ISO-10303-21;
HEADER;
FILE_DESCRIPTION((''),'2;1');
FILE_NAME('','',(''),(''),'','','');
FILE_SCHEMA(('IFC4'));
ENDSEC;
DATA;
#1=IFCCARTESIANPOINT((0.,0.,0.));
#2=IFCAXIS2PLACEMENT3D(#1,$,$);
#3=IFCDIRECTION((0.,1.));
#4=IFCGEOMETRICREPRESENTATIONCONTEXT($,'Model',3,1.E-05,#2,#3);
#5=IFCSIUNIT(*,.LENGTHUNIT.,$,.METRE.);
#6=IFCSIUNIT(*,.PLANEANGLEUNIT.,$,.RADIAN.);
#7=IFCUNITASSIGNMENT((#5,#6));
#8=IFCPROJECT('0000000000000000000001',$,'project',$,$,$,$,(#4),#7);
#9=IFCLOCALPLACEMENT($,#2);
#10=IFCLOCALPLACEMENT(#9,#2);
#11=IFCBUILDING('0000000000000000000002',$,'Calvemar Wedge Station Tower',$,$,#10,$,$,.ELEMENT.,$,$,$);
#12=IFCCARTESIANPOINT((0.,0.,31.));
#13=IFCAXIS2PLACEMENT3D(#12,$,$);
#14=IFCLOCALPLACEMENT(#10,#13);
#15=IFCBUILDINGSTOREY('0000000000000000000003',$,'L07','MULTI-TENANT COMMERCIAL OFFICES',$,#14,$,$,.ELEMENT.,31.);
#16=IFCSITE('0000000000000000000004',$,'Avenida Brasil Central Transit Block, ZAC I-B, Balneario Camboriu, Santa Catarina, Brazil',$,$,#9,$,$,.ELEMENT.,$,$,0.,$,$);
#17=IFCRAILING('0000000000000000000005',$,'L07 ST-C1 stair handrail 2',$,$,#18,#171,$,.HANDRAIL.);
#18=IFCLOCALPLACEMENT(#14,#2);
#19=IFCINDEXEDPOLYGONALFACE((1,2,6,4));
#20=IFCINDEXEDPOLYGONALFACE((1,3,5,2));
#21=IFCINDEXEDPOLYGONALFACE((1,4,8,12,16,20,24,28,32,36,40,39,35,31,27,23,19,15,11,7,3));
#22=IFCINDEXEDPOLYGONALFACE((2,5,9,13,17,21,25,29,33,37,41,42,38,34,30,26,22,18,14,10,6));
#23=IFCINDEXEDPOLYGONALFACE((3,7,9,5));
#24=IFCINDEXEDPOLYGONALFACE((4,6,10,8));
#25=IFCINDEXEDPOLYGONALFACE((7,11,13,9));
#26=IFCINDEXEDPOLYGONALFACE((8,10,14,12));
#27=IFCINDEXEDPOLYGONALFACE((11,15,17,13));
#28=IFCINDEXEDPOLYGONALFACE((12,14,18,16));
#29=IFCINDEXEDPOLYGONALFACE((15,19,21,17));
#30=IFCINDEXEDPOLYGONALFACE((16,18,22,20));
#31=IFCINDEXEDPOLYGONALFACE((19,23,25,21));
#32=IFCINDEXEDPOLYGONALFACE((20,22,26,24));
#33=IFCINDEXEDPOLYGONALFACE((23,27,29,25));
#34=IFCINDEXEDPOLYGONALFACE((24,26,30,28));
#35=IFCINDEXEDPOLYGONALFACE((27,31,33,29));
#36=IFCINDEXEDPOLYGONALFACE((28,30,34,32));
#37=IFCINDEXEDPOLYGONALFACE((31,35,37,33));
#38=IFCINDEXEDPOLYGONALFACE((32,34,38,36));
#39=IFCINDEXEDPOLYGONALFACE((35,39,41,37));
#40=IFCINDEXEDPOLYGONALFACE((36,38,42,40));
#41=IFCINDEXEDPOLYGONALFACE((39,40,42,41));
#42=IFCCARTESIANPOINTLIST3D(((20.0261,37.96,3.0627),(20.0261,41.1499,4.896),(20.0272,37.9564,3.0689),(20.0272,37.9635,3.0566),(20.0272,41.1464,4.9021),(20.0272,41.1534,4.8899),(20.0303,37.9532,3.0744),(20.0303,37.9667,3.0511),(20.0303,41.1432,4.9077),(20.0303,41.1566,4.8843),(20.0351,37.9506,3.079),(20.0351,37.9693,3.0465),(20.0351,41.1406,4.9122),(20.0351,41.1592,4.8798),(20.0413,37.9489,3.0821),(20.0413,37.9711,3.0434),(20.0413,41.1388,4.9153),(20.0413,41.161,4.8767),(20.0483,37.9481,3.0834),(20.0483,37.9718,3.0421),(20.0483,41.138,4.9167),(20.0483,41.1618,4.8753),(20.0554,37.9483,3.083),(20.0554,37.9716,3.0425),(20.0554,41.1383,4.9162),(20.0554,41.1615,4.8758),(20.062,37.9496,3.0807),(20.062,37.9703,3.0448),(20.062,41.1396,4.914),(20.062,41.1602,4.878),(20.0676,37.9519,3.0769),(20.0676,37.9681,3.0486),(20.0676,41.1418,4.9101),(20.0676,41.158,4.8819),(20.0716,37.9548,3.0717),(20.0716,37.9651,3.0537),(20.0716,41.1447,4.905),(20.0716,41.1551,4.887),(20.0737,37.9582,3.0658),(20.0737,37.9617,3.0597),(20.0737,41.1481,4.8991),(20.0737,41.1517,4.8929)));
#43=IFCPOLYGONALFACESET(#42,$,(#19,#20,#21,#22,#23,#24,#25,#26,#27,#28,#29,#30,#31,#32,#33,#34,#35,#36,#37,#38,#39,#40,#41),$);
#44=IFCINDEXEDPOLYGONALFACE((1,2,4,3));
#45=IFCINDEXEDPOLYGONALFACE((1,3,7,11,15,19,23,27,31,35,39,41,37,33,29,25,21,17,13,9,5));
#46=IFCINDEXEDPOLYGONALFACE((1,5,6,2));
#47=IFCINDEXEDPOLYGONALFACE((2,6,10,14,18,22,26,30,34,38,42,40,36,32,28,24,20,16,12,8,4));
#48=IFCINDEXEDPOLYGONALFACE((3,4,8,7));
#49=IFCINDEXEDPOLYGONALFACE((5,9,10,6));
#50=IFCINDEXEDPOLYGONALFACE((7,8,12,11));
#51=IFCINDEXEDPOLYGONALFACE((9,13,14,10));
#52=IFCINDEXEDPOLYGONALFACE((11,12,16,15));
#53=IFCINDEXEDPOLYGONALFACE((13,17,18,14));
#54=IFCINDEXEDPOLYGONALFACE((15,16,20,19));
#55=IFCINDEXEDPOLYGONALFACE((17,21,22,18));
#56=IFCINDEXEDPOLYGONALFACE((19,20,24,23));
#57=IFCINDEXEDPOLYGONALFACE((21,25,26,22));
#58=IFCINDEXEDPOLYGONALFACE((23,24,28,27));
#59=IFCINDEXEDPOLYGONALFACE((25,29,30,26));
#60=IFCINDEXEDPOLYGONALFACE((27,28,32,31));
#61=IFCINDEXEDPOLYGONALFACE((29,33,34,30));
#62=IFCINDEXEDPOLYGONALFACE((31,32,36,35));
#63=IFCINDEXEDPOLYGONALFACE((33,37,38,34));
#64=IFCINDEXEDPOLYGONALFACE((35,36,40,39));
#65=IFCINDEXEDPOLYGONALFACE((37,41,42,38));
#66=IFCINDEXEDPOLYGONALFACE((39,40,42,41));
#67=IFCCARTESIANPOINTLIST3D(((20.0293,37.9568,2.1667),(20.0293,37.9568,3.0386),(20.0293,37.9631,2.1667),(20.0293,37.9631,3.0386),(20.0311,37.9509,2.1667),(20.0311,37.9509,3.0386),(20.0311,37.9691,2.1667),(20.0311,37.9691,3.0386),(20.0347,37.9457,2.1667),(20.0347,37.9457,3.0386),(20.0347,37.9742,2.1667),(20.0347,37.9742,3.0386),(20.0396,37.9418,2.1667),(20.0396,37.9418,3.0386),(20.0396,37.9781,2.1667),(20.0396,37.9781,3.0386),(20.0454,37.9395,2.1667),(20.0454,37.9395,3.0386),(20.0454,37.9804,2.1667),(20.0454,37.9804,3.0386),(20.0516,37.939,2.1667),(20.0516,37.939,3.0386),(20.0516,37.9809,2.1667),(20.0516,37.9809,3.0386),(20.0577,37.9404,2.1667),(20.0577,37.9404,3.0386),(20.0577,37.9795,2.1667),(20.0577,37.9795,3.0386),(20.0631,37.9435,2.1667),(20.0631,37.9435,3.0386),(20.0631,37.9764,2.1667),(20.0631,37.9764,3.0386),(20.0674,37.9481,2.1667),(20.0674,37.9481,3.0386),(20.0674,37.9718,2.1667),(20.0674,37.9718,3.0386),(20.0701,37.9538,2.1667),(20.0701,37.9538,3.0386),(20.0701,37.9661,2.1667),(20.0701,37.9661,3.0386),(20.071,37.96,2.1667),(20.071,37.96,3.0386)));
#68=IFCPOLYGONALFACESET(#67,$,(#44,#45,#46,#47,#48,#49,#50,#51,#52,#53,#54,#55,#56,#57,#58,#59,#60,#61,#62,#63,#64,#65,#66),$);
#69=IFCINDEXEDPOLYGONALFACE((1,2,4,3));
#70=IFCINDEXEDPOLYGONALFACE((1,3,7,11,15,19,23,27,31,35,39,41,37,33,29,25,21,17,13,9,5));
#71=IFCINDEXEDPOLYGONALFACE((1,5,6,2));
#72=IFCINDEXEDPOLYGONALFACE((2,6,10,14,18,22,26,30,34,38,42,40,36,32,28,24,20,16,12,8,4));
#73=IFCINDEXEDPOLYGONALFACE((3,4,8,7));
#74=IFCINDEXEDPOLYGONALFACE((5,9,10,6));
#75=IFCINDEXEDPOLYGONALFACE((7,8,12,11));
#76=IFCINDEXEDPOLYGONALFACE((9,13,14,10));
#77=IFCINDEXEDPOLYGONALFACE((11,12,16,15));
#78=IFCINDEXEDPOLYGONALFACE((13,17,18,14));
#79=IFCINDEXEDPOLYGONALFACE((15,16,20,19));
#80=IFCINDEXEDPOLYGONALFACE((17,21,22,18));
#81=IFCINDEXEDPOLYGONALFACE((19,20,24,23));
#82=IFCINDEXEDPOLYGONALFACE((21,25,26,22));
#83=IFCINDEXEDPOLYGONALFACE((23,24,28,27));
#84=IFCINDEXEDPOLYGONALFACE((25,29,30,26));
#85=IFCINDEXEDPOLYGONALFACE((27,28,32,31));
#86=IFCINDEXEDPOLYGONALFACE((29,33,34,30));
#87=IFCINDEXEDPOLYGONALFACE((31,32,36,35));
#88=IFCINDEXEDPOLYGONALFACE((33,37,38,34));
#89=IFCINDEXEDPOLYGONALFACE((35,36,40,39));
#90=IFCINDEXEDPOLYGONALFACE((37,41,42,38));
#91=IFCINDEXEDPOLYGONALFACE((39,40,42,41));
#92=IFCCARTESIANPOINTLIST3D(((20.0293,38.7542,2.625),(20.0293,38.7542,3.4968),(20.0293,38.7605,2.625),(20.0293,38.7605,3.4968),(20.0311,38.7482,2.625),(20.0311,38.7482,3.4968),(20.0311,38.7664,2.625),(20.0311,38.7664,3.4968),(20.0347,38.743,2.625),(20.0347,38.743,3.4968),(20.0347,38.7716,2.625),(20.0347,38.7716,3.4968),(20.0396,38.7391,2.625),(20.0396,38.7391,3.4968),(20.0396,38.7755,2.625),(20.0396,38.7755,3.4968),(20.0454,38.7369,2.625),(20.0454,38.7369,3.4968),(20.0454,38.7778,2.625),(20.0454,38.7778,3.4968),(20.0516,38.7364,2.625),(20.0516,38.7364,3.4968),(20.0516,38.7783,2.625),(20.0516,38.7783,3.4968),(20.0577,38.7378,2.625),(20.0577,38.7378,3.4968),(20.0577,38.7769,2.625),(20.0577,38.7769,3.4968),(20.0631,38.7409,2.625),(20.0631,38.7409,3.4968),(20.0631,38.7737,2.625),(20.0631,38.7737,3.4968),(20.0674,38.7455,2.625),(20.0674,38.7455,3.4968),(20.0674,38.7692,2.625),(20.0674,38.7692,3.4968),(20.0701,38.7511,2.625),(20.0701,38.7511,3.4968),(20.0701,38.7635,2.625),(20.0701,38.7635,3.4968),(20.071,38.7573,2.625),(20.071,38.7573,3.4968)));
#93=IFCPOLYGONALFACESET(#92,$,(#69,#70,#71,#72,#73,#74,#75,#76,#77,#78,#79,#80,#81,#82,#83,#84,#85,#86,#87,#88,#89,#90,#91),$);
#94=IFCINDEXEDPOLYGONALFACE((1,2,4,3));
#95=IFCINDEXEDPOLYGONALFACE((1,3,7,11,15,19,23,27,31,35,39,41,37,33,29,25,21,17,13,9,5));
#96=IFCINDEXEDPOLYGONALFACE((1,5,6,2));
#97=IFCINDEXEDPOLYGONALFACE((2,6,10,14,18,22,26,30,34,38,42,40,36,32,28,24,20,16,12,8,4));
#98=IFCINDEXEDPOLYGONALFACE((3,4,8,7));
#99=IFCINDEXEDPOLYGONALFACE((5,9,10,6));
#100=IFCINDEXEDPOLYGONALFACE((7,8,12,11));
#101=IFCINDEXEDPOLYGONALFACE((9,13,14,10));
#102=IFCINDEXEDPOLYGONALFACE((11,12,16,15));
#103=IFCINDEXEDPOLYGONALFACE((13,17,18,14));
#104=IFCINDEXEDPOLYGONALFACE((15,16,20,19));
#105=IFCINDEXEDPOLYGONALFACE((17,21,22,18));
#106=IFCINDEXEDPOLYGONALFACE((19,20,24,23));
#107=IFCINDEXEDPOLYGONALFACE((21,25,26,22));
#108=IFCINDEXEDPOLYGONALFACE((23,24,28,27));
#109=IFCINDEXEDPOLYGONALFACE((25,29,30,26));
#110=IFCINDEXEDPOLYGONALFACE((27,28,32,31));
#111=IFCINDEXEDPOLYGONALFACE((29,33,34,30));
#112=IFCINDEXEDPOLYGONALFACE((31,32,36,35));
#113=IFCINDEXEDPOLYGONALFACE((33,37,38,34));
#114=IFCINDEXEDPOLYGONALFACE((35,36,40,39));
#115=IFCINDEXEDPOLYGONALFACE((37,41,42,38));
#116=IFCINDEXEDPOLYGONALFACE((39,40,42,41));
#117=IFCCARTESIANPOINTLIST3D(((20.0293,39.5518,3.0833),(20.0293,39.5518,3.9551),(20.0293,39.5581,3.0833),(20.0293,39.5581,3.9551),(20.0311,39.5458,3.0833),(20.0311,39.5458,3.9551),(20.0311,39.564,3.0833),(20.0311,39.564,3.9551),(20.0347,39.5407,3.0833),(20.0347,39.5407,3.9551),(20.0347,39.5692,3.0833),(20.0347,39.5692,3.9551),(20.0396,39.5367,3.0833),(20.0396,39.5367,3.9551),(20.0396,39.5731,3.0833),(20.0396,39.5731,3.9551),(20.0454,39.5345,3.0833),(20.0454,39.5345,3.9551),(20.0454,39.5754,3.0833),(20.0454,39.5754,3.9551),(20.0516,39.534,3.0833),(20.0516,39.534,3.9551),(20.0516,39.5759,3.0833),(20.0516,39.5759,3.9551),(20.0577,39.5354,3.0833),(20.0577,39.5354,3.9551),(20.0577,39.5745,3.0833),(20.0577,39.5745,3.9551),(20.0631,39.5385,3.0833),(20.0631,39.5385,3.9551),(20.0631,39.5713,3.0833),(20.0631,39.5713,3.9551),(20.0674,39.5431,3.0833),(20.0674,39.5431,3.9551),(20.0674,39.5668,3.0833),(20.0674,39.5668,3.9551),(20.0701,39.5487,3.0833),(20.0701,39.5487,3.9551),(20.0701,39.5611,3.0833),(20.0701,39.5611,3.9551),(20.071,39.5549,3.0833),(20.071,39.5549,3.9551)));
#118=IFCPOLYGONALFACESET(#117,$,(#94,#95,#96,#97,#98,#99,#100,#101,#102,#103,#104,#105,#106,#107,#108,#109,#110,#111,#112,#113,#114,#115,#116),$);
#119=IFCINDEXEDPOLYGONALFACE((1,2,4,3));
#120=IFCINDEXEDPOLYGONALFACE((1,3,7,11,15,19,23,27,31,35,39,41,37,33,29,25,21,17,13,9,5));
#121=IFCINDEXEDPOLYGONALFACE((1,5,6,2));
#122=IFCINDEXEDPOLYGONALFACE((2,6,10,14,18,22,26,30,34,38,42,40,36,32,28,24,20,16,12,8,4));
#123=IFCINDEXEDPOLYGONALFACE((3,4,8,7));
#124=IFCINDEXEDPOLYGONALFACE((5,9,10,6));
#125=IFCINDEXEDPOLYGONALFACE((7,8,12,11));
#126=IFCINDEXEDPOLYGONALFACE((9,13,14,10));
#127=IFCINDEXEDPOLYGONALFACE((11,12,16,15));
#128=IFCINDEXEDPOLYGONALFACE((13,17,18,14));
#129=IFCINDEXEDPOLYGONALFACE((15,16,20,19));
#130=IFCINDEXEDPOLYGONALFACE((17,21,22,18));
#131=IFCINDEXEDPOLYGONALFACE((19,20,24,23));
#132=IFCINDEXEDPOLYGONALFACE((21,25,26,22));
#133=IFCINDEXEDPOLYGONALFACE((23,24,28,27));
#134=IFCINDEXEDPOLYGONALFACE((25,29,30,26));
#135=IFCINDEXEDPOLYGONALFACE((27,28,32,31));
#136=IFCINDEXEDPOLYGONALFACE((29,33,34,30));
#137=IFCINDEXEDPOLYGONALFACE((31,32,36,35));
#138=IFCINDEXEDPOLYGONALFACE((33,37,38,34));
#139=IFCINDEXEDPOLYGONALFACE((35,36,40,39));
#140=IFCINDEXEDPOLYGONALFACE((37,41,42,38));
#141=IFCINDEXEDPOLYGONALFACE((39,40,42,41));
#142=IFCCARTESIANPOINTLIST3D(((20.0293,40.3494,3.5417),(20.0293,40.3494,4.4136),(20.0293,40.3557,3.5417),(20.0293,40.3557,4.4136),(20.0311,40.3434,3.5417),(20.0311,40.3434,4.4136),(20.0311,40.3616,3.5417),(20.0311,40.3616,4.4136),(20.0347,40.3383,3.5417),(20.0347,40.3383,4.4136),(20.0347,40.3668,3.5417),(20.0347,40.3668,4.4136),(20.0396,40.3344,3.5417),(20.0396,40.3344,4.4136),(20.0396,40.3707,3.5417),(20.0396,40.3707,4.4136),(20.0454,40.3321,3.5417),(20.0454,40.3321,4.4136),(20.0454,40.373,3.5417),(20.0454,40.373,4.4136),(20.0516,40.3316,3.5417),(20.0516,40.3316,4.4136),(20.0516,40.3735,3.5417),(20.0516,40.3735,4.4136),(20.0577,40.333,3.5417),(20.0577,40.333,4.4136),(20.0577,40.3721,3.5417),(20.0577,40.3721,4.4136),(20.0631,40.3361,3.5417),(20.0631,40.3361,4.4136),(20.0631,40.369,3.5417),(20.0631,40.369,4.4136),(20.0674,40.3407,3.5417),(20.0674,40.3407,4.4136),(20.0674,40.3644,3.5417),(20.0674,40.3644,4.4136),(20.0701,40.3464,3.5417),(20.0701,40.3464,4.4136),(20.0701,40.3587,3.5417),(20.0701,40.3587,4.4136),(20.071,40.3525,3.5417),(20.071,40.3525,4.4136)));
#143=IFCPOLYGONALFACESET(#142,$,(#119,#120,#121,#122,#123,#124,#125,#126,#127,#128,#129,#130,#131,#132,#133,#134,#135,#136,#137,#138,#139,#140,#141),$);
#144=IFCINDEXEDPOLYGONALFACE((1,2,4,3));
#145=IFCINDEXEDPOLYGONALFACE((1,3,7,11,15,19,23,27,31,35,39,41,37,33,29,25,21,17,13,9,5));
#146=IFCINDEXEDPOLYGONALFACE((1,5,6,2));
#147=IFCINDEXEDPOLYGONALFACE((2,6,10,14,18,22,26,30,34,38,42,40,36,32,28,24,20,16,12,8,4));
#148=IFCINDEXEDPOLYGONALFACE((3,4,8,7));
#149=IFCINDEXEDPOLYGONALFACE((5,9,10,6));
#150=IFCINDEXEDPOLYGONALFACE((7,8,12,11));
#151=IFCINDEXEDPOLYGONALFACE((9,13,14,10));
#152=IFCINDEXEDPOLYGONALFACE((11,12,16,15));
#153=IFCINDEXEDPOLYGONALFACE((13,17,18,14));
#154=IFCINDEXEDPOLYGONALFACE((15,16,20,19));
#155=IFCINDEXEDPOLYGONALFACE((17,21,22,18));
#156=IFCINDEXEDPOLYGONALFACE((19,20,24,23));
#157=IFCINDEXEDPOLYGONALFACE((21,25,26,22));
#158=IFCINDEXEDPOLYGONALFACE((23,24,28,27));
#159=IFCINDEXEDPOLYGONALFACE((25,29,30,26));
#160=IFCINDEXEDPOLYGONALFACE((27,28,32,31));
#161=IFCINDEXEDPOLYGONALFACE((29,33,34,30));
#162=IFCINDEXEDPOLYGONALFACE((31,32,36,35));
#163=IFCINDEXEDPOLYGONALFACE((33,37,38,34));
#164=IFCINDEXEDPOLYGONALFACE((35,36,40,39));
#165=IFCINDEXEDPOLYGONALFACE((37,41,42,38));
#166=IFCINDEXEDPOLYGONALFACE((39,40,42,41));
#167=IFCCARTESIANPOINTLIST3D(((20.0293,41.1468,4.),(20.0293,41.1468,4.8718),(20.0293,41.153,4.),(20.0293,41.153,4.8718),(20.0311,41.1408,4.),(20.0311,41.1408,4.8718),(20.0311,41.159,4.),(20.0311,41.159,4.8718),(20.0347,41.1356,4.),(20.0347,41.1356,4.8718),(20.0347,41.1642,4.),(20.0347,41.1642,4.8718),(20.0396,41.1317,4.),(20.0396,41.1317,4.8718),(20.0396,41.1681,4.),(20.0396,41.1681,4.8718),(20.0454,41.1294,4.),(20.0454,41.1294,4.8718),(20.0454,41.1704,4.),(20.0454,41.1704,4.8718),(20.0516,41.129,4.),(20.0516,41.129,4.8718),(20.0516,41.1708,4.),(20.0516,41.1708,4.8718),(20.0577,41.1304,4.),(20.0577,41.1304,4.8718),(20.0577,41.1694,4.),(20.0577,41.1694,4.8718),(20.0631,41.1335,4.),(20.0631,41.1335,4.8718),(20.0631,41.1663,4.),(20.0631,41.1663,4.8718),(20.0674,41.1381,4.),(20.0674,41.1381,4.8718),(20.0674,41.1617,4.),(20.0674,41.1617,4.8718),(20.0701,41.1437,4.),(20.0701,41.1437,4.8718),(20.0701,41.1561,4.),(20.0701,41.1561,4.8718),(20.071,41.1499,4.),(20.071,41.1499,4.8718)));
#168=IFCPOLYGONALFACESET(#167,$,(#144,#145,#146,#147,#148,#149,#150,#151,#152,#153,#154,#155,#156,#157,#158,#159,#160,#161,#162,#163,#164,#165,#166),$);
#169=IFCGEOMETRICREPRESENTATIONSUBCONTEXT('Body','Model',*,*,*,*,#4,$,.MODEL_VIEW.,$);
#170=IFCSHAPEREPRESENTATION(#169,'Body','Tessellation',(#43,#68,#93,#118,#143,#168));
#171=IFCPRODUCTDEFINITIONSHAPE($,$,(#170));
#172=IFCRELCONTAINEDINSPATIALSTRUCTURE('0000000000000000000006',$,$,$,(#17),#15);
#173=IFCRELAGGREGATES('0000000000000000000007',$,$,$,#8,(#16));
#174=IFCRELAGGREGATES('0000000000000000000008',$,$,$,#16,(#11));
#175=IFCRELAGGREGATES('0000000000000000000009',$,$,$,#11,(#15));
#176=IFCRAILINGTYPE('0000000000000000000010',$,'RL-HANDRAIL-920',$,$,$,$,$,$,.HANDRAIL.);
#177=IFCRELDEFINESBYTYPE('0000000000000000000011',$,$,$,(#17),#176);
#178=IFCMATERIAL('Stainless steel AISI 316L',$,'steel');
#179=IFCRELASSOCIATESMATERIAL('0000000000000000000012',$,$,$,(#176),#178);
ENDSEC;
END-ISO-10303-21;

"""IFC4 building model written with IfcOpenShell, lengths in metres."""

from ifc_helpers import new_model, si_unit, direction, frame, origin, origin_2d, place, context, subcontext, project, spatial, circle, extrude, material, type_object, element, save


model = new_model("IFC4")

# Units and contexts
model_context = context("Model", 3, precision=1e-05, world=origin(), true_north=direction((0.0, 1.0)))
body_context = subcontext(model_context, "Body", "Model", "MODEL_VIEW")
ifc_project = project(units=[si_unit("LENGTHUNIT", "METRE"), si_unit("PLANEANGLEUNIT", "RADIAN")], contexts=[model_context])

# Site, building, storey
site_placement = place(None, origin())
site = spatial("IfcSite", under=ifc_project, at=site_placement, Name="Avenida Brasil Central Transit Block, ZAC I-B, Balneario Camboriu, Santa Catarina, Brazil", CompositionType="ELEMENT", RefElevation=0.0)
building_placement = place(site_placement, origin())
building = spatial("IfcBuilding", under=site, at=building_placement, Name="Calvemar Wedge Station Tower", CompositionType="ELEMENT")
storey_placement = place(building_placement, frame((0.0, 0.0, 31.0)))
storey = spatial("IfcBuildingStorey", under=building, at=storey_placement, Name="L07", Description="MULTI-TENANT COMMERCIAL OFFICES", CompositionType="ELEMENT", Elevation=31.0)

# Railing
ifc_material_1 = material(Name="Stainless steel AISI 316L", Category="steel")
railing_type_1 = type_object("IfcRailingType", Name="RL-HANDRAIL-920", PredefinedType="HANDRAIL", material=ifc_material_1)
railing_1_placement = place(storey_placement, frame((20.05, 37.96, 2.1667)))
element("IfcRailing", 1, at=railing_1_placement, inside=storey, type_object=railing_type_1, Name="L07 ST-C1 stair handrail 2", PredefinedType="HANDRAIL", context=body_context, shape_type="SweptSolid", body=[
    extrude(circle(Radius=0.0239, at=origin_2d()), frame((0.0, 0.0, 0.896), z_axis=(0.0, 0.86702, 0.498274), x_axis=(-1.0, 0.0, 0.0)), (0.0, 0.0, 1.0), 3.6792),
    extrude(circle(Radius=0.021, at=origin_2d()), origin(), (0.0, 0.0, 1.0), 0.8718),
    extrude(circle(Radius=0.021, at=origin_2d()), frame((0.0, 0.7974, 0.4583)), (0.0, 0.0, 1.0), 0.8718),
    extrude(circle(Radius=0.021, at=origin_2d()), frame((0.0, 1.595, 0.9165)), (0.0, 0.0, 1.0), 0.8718),
    extrude(circle(Radius=0.021, at=origin_2d()), frame((0.0, 2.3926, 1.375)), (0.0, 0.0, 1.0), 0.8718),
    extrude(circle(Radius=0.021, at=origin_2d()), frame((0.0, 3.1899, 1.8333)), (0.0, 0.0, 1.0), 0.8718),
])

save(model, "model.ifc")
